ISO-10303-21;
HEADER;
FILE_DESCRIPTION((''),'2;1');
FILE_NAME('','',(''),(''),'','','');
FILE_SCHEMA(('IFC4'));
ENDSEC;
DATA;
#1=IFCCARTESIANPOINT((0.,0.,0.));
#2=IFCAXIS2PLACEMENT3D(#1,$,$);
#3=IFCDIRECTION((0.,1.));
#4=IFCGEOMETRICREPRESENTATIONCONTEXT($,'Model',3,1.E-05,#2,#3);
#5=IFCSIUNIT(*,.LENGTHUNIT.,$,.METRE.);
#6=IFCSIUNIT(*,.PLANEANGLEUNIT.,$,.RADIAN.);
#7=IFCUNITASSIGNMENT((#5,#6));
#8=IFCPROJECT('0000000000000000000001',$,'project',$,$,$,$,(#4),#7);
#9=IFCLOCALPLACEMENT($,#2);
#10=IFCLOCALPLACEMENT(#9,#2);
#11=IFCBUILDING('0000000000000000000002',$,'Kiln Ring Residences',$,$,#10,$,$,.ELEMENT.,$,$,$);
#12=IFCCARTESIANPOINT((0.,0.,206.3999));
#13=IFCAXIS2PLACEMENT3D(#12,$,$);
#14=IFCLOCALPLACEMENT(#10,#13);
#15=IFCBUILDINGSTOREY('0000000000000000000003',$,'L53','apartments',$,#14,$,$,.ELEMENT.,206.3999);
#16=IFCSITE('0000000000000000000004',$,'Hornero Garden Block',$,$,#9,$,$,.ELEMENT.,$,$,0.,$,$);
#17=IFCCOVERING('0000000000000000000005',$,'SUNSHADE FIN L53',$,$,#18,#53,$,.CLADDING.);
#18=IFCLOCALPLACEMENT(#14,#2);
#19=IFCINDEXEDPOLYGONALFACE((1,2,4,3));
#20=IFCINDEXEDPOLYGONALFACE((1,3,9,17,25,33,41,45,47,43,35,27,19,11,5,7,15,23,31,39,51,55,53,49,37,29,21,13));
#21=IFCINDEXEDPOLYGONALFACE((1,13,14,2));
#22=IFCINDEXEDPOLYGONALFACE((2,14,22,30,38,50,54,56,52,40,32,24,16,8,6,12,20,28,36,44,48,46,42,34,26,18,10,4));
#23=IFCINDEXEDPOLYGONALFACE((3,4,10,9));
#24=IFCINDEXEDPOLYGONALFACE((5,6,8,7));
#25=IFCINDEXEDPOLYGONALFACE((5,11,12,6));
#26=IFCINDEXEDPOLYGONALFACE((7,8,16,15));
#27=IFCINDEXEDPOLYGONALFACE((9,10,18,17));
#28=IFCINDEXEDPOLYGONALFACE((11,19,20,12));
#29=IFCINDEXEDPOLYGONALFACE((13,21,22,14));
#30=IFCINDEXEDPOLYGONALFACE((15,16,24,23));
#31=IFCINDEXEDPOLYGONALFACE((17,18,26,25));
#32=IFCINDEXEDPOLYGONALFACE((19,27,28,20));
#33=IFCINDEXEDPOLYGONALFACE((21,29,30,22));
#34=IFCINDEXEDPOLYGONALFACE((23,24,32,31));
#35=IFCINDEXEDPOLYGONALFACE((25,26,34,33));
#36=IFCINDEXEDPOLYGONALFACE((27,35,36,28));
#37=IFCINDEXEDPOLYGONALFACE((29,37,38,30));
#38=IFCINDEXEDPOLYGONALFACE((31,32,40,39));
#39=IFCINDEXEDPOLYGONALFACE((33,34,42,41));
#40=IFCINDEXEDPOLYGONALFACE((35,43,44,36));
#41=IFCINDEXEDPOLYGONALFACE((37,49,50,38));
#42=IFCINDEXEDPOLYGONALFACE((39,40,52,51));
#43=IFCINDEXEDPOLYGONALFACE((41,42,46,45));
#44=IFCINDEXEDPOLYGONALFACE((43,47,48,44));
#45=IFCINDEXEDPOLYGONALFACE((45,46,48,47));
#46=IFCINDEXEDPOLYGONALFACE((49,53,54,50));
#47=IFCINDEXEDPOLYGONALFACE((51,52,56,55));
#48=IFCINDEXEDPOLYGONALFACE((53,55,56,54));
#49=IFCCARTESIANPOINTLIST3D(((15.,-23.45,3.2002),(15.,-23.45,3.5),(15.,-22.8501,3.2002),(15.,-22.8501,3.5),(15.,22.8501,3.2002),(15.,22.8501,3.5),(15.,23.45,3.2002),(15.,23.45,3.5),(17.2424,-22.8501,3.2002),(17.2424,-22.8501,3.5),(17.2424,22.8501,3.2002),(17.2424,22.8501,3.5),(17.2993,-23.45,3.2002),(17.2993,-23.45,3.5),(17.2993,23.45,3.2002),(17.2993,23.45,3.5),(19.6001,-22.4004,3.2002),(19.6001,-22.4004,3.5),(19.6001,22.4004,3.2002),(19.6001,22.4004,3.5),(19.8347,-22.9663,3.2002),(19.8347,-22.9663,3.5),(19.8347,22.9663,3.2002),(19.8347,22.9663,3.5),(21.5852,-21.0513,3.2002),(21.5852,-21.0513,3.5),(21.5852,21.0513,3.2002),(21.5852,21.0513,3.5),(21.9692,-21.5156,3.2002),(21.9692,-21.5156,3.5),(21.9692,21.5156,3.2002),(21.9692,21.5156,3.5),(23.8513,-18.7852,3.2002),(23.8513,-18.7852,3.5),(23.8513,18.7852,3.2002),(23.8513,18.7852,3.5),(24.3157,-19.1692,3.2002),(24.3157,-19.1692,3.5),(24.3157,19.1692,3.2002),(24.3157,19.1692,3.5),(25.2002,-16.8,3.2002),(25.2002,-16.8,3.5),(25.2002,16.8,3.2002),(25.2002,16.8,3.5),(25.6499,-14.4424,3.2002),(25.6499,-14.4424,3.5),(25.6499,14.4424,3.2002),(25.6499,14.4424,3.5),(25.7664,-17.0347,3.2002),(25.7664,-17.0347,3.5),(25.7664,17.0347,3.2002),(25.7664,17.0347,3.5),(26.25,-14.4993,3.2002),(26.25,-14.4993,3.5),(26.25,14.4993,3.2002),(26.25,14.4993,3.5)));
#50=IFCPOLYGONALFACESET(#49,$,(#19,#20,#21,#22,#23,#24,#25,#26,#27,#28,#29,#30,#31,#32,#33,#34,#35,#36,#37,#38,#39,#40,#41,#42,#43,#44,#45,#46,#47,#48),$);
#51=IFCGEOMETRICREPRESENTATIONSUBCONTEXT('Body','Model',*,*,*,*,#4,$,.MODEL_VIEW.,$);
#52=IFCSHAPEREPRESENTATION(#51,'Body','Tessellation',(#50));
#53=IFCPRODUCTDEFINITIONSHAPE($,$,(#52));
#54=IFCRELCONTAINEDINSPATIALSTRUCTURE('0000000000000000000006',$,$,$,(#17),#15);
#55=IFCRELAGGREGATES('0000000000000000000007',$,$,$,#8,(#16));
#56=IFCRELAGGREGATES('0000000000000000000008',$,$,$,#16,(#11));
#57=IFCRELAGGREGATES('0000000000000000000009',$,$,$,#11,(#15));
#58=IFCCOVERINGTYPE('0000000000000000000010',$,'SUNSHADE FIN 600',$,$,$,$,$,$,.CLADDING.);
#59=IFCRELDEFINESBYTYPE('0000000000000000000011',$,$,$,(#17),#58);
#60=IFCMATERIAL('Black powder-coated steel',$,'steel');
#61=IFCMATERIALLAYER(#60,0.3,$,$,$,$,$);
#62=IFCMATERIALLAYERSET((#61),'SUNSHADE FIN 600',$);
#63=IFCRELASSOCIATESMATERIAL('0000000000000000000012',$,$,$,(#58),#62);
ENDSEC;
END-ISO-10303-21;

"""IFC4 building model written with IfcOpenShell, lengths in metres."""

from ifc_helpers import new_model, si_unit, direction, frame, origin, place, context, subcontext, project, spatial, polyline, outline, extrude, material, layer, layer_set, type_object, element, save


model = new_model("IFC4")

# Units and contexts
model_context = context("Model", 3, precision=1e-05, world=origin(), true_north=direction((0.0, 1.0)))
body_context = subcontext(model_context, "Body", "Model", "MODEL_VIEW")
ifc_project = project(units=[si_unit("LENGTHUNIT", "METRE"), si_unit("PLANEANGLEUNIT", "RADIAN")], contexts=[model_context])

# Site, building, storey
site_placement = place(None, origin())
site = spatial("IfcSite", under=ifc_project, at=site_placement, Name="Hornero Garden Block", CompositionType="ELEMENT", RefElevation=0.0)
building_placement = place(site_placement, origin())
building = spatial("IfcBuilding", under=site, at=building_placement, Name="Kiln Ring Residences", CompositionType="ELEMENT")
storey_placement = place(building_placement, frame((0.0, 0.0, 206.3999)))
storey = spatial("IfcBuildingStorey", under=building, at=storey_placement, Name="L53", Description="apartments", CompositionType="ELEMENT", Elevation=206.3999)

# Covering
placement = place(storey_placement, frame((0.0, 0.0, 3.2002)))
ifc_material_1 = material(Name="Black powder-coated steel", Category="steel")
ifc_layer_1 = layer(ifc_material_1, 0.3)
ifc_layer_set_1 = layer_set([ifc_layer_1], Name="SUNSHADE FIN 600")
covering_type_1 = type_object("IfcCoveringType", Name="SUNSHADE FIN 600", PredefinedType="CLADDING", material=ifc_layer_set_1)
element("IfcCovering", 1, at=placement, inside=storey, type_object=covering_type_1, Name="SUNSHADE FIN L53", PredefinedType="CLADDING", context=body_context, shape_type="SweptSolid", body=[
    extrude(outline(polyline([(17.2993, 23.45), (15.0, 23.45), (15.0, 22.8501), (17.2424, 22.8501), (19.6001, 22.4004), (21.5852, 21.0513), (23.8513, 18.7852), (25.2002, 16.8), (25.6499, 14.4424), (25.6499, -14.4424), (25.2002, -16.8), (23.8513, -18.7852), (21.5852, -21.0513), (19.6001, -22.4004), (17.2424, -22.8501), (15.0, -22.8501), (15.0, -23.45), (17.2993, -23.45), (19.8347, -22.9663), (21.9692, -21.5156), (24.3157, -19.1692), (25.7664, -17.0347), (26.25, -14.4993), (26.25, 14.4993), (25.7664, 17.0347), (24.3157, 19.1692), (21.9692, 21.5156), (19.8347, 22.9663), (17.2993, 23.45)])), origin(), (0.0, 0.0, 1.0), 0.2998),
])

save(model, "model.ifc")
